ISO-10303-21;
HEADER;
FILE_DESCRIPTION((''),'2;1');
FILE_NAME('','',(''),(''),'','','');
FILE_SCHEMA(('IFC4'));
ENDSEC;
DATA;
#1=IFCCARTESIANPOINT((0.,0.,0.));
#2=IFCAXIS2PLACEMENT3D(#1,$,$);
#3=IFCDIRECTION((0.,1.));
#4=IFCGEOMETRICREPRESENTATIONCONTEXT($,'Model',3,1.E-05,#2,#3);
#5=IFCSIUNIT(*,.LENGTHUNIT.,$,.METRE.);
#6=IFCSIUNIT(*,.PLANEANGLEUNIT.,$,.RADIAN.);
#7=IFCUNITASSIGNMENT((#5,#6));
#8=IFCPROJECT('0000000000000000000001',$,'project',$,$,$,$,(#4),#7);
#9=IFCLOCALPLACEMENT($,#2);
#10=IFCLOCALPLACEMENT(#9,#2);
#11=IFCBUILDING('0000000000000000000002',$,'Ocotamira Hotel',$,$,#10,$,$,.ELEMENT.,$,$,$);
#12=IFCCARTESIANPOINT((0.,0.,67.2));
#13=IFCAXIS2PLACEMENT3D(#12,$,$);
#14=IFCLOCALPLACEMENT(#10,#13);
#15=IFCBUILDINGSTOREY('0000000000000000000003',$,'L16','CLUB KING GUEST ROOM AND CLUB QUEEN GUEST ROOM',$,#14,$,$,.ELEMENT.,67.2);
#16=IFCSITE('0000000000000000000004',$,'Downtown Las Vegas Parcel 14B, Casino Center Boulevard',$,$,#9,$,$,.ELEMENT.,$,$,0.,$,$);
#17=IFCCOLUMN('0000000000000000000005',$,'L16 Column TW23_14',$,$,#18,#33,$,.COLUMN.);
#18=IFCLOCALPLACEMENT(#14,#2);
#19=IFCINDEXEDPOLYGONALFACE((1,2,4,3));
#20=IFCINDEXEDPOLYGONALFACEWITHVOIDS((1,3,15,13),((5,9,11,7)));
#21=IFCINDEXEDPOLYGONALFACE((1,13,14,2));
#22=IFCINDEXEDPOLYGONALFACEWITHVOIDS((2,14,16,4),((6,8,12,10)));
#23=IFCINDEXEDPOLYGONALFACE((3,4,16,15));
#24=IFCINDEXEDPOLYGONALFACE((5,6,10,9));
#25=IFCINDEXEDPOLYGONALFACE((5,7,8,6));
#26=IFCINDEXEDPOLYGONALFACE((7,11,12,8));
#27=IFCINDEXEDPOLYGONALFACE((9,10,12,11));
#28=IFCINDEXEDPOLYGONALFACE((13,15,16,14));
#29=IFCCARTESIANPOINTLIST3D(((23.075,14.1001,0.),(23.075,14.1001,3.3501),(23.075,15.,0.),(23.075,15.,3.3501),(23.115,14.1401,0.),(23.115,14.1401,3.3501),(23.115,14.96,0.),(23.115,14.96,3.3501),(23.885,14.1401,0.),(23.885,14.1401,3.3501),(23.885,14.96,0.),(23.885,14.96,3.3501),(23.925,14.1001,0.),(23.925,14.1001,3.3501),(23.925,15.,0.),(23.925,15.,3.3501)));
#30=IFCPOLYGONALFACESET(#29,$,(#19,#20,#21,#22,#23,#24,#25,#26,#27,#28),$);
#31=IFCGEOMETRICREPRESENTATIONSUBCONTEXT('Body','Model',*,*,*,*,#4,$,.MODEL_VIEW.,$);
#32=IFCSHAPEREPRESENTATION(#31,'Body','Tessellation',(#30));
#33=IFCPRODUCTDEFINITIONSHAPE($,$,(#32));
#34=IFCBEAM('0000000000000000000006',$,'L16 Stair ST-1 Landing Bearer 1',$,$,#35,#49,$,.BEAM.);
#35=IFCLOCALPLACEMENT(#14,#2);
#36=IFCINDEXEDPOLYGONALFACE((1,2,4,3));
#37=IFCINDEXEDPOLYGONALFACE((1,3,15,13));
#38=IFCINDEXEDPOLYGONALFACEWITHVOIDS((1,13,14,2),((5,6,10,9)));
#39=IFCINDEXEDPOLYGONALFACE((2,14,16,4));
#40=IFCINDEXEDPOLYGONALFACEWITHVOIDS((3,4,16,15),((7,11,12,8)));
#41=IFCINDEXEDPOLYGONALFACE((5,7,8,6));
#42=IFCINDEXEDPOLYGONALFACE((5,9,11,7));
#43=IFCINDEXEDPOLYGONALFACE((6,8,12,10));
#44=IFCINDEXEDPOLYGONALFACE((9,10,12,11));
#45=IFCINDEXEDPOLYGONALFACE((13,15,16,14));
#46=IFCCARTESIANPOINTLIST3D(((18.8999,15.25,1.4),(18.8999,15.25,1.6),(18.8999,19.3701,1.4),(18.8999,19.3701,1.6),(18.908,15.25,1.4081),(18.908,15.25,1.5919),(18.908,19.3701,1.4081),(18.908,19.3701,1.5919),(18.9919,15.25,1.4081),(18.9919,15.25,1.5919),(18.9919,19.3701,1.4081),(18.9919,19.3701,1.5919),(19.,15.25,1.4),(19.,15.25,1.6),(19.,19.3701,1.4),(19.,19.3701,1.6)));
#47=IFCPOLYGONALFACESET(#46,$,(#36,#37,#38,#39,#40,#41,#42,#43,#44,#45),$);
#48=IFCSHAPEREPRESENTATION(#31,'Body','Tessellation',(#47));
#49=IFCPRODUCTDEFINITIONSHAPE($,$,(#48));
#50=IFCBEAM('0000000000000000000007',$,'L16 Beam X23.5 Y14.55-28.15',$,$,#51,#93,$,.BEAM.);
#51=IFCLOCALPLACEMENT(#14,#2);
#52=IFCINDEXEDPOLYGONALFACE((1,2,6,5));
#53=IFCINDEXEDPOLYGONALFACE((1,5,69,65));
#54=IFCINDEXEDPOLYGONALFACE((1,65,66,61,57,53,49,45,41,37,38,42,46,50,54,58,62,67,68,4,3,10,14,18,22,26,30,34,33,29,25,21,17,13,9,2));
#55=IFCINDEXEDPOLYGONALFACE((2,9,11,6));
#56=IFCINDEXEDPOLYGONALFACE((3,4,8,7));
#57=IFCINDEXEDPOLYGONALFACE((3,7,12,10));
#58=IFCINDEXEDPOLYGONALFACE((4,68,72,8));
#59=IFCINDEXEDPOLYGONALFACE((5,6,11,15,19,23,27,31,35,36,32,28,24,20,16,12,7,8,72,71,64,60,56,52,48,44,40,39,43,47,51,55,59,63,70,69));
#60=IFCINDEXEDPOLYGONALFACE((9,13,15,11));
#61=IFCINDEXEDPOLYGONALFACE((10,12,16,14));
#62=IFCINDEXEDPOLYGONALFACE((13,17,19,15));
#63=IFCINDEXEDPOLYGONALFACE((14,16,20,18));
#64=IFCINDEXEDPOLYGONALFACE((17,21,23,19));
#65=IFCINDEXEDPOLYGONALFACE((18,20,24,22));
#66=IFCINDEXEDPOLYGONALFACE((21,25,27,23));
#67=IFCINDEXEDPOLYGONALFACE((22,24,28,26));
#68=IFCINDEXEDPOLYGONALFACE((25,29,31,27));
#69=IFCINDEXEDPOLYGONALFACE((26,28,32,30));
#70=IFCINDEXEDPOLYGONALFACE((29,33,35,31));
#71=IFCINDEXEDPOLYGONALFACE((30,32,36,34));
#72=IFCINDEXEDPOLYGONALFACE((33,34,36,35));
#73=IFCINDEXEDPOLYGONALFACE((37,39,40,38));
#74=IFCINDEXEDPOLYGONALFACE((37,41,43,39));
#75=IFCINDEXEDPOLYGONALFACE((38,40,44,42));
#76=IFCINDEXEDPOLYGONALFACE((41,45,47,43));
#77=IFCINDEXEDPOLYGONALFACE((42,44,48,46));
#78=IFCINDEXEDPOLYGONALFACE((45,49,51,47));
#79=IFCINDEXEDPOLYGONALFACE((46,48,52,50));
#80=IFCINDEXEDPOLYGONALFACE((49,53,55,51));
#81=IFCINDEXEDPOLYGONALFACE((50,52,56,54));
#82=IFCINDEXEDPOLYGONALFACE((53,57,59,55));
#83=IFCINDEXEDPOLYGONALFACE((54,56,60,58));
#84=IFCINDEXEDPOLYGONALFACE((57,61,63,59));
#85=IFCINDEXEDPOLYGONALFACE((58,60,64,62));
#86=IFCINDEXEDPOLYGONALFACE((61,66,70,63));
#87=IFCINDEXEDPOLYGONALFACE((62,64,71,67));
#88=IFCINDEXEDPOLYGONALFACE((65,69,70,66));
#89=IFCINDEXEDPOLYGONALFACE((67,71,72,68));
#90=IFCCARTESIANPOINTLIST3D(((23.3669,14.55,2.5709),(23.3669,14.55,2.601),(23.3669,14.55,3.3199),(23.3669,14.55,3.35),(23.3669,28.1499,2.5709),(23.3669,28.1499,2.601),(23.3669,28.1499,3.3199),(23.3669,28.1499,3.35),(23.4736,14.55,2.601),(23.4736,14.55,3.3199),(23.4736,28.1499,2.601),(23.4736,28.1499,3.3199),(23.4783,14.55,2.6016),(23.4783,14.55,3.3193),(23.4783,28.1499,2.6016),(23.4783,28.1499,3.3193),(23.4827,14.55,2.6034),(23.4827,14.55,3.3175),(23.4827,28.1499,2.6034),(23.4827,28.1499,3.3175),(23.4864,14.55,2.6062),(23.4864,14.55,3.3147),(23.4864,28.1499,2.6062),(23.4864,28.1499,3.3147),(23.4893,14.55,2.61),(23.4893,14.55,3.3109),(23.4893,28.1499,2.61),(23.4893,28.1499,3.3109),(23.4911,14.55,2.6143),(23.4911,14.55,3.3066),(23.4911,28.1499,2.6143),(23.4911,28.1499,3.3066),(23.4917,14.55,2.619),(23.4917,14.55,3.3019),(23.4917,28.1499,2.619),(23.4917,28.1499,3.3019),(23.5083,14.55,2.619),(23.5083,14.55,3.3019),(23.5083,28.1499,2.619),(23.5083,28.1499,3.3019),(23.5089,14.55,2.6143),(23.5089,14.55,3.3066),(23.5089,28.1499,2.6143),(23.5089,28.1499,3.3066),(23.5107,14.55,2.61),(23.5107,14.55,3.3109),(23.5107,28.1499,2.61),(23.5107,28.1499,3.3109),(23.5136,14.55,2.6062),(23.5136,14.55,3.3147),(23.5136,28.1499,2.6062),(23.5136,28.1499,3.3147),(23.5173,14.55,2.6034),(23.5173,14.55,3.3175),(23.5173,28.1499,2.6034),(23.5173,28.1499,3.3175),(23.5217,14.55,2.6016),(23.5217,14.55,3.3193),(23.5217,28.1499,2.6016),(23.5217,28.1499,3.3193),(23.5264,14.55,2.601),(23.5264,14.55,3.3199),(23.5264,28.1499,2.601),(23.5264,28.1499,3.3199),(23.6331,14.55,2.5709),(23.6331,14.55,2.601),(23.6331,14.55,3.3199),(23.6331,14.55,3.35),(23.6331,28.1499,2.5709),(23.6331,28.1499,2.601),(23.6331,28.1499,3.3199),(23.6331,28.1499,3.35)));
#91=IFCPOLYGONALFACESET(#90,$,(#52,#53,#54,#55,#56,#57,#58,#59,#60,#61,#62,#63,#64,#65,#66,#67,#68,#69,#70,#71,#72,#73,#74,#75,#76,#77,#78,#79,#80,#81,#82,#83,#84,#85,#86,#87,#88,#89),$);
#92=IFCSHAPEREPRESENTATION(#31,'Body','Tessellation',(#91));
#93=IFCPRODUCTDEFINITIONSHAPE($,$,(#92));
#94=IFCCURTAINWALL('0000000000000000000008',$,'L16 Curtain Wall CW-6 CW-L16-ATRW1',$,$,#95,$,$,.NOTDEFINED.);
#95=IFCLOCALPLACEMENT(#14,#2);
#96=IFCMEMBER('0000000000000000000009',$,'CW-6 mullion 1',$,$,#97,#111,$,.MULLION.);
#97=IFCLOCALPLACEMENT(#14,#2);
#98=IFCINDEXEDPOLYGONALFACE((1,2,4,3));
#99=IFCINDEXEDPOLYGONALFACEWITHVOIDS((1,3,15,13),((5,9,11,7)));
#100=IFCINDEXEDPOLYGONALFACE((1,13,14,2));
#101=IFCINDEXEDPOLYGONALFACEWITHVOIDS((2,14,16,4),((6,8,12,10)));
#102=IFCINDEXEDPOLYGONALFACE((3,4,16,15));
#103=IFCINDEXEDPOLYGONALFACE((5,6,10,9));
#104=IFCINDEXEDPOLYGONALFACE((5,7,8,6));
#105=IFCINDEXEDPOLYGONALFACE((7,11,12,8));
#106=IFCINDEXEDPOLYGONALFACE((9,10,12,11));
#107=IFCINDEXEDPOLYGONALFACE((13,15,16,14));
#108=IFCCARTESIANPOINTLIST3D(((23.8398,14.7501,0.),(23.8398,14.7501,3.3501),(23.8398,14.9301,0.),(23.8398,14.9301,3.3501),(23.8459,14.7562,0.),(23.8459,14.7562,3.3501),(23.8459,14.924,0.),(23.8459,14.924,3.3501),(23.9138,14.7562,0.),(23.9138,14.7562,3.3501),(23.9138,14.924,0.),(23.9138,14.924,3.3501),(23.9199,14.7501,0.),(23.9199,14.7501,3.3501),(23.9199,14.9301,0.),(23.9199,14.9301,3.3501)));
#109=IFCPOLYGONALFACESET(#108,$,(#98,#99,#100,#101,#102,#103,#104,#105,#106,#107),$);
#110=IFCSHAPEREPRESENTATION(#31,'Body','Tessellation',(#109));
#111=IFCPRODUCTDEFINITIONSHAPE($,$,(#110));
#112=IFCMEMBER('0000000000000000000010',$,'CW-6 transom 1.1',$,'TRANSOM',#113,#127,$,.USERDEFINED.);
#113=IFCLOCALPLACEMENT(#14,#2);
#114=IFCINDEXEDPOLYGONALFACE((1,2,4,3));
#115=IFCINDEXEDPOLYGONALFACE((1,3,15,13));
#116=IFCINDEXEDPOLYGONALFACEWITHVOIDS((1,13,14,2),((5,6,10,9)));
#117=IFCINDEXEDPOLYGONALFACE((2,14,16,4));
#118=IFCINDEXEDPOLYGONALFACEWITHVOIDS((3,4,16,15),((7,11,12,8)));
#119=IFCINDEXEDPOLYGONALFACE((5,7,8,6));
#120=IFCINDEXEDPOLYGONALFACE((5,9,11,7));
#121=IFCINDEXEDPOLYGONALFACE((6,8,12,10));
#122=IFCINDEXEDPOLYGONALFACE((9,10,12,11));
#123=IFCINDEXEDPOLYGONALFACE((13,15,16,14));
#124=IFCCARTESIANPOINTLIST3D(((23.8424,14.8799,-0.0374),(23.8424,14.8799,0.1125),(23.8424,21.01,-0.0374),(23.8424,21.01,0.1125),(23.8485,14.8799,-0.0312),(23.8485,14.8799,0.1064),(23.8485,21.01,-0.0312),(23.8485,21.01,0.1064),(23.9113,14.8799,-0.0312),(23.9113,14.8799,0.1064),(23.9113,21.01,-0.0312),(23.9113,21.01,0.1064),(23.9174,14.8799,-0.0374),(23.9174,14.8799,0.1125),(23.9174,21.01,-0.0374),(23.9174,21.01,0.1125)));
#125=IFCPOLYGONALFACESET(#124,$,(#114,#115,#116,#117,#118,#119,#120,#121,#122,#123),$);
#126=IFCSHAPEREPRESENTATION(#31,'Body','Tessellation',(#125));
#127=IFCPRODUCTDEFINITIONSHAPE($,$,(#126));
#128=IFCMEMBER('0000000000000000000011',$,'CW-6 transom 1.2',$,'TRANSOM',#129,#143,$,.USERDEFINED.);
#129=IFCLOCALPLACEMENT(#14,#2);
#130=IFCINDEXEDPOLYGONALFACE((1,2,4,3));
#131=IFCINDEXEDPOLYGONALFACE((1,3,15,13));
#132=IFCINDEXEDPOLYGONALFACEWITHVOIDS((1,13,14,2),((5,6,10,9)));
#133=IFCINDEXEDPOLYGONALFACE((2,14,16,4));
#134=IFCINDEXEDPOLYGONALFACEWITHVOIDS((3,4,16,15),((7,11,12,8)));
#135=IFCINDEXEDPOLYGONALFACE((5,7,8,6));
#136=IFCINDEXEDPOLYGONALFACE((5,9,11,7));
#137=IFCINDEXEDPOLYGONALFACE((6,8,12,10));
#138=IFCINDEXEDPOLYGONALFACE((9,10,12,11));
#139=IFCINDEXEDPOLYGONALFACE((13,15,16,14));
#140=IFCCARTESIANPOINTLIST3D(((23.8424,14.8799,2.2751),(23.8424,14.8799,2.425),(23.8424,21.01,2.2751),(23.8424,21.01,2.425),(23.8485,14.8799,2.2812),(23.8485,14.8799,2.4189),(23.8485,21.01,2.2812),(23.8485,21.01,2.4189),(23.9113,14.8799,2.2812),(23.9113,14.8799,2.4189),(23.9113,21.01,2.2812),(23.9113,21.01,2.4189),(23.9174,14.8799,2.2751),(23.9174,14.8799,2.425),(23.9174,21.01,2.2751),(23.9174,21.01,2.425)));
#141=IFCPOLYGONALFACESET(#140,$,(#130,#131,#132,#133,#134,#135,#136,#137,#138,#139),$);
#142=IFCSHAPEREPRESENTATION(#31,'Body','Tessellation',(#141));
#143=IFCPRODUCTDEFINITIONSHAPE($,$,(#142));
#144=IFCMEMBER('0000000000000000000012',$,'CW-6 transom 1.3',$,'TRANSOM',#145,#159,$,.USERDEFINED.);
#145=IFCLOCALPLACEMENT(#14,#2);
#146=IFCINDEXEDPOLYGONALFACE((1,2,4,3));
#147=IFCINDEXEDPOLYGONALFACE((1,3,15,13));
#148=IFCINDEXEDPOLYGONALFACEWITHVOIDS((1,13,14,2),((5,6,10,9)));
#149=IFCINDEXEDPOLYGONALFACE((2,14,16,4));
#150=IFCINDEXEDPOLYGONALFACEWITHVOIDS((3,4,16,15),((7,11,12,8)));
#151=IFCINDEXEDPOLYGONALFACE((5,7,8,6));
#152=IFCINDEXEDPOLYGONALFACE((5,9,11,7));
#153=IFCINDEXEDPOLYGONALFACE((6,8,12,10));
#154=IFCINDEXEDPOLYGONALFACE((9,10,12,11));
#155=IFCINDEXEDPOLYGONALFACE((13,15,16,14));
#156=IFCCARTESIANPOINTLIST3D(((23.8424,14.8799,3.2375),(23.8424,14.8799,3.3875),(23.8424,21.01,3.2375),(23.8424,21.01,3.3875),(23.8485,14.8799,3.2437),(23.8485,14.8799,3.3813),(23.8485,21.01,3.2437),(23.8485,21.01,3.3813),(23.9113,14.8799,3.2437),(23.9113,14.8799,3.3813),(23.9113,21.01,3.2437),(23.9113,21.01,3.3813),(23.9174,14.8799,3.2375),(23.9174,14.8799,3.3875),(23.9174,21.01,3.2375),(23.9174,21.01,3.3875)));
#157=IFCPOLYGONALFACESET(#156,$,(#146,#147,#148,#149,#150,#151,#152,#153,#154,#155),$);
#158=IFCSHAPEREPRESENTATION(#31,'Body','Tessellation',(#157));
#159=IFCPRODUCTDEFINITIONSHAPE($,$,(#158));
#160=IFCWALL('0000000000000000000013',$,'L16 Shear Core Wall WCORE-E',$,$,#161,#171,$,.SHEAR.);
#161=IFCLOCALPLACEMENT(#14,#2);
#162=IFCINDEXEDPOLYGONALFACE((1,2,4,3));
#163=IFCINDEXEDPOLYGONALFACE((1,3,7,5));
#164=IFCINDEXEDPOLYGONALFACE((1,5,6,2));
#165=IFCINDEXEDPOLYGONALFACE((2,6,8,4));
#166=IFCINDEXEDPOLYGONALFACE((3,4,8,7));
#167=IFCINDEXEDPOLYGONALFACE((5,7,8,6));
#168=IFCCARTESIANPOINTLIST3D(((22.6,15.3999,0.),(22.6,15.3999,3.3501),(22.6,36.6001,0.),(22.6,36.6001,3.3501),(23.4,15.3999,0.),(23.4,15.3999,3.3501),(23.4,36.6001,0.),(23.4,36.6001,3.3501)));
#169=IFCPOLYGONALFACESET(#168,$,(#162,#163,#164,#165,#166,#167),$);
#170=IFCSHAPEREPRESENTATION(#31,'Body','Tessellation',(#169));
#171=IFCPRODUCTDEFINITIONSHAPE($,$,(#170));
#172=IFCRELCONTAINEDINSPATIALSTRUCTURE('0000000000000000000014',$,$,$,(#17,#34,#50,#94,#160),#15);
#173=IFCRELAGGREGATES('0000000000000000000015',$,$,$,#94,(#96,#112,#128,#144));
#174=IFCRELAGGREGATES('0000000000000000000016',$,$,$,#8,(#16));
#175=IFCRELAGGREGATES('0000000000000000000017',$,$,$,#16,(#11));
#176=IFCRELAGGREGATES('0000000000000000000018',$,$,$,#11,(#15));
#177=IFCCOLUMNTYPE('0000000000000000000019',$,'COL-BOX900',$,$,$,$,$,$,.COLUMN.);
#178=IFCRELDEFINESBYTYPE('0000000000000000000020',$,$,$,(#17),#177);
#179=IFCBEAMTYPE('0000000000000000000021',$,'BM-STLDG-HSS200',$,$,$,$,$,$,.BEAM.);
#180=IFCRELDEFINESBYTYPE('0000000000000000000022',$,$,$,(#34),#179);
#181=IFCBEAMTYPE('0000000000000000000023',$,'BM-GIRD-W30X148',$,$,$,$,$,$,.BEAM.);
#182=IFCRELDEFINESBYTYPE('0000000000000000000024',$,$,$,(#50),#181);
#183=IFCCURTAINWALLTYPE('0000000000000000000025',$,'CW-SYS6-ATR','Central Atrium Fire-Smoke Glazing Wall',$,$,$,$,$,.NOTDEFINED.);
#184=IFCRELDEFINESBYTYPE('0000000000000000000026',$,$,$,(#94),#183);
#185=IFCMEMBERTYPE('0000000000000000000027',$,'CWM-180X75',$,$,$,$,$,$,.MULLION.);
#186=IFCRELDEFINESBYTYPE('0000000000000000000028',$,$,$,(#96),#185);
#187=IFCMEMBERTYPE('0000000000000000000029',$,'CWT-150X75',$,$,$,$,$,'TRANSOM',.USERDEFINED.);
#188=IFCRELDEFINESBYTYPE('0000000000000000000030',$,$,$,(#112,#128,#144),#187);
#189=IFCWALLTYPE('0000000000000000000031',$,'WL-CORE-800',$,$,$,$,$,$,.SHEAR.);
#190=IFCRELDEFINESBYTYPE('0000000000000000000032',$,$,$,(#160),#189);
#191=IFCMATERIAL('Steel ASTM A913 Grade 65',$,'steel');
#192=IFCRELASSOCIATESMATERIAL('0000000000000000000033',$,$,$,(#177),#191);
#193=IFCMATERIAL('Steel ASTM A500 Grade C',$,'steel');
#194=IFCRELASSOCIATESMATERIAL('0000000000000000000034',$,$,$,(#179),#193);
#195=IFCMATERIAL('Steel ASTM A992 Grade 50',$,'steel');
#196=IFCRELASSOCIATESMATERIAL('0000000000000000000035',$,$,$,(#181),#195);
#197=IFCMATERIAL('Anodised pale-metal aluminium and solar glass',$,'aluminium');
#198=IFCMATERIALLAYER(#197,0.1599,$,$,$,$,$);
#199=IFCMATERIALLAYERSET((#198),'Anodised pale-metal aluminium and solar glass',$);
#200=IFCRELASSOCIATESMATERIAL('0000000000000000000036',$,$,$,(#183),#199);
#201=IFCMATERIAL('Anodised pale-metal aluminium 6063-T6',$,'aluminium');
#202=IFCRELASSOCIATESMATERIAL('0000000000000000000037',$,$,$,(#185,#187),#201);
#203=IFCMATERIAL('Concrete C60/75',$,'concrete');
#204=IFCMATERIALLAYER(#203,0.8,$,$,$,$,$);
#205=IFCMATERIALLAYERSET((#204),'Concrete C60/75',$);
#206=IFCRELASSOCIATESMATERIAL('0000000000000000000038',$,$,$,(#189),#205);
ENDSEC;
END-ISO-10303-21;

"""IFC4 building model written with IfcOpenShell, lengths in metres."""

from ifc_helpers import new_model, si_unit, direction, frame, frame_2d, origin, origin_2d, place, context, subcontext, project, spatial, rectangle, hollow_rectangle, i_section, extrude, source, transform, mapped, material, layer, layer_set, material_profile, profile_set, type_object, element, aggregate, save


model = new_model("IFC4")

# Units and contexts
model_context = context("Model", 3, precision=1e-05, world=origin(), true_north=direction((0.0, 1.0)))
body_context = subcontext(model_context, "Body", "Model", "MODEL_VIEW")
ifc_project = project(units=[si_unit("LENGTHUNIT", "METRE"), si_unit("PLANEANGLEUNIT", "RADIAN")], contexts=[model_context])

# Site, building, storey
site_placement = place(None, origin())
site = spatial("IfcSite", under=ifc_project, at=site_placement, Name="Downtown Las Vegas Parcel 14B, Casino Center Boulevard", CompositionType="ELEMENT", RefElevation=0.0)
building_placement = place(site_placement, origin())
building = spatial("IfcBuilding", under=site, at=building_placement, Name="Ocotamira Hotel", CompositionType="ELEMENT")
storey_placement = place(building_placement, frame((0.0, 0.0, 67.2)))
storey = spatial("IfcBuildingStorey", under=building, at=storey_placement, Name="L16", Description="CLUB KING GUEST ROOM AND CLUB QUEEN GUEST ROOM", CompositionType="ELEMENT", Elevation=67.2)

# Column
ifc_material_1 = material(Name="Steel ASTM A913 Grade 65", Category="steel")
ifc_material_profile_1 = material_profile(ifc_material_1, hollow_rectangle(XDim=0.8501, YDim=0.8999, WallThickness=0.04, at=origin_2d()), Name="BOX900X850X40")
ifc_profile_set_1 = profile_set([ifc_material_profile_1], Name="Steel ASTM A913 Grade 65")
column_type = type_object("IfcColumnType", Name="COL-BOX900", PredefinedType="COLUMN", material=ifc_profile_set_1)
shared_shape_1 = source(origin(), body_context, "Body", "SweptSolid", [
    extrude(hollow_rectangle(XDim=0.8501, YDim=0.8999, WallThickness=0.04, at=origin_2d()), origin(), (0.0, 0.0, 1.0), 3.3501),
])
column_placement = place(storey_placement, frame((23.5, 14.55, 0.0), z_axis=(0.0, 0.0, 1.0), x_axis=(1.0, 0.0, 0.0)))
element("IfcColumn", 1, at=column_placement, inside=storey, type_object=column_type, Name="L16 Column TW23_14", PredefinedType="COLUMN", context=body_context, shape_type="MappedRepresentation", body=[
    mapped(shared_shape_1, transform((0.0, 0.0, 0.0), scale=1.0)),
])

# Beams
ifc_material_2 = material(Name="Steel ASTM A500 Grade C", Category="steel")
ifc_material_profile_2 = material_profile(ifc_material_2, hollow_rectangle(XDim=0.1001, YDim=0.2, WallThickness=0.0081, at=origin_2d()), Name="HSS200X100X8")
ifc_profile_set_2 = profile_set([ifc_material_profile_2], Name="Steel ASTM A500 Grade C")
beam_type_1 = type_object("IfcBeamType", Name="BM-STLDG-HSS200", PredefinedType="BEAM", material=ifc_profile_set_2)
shared_shape_2 = source(origin(), body_context, "Body", "SweptSolid", [
    extrude(hollow_rectangle(XDim=0.1001, YDim=0.2, WallThickness=0.0081, at=origin_2d()), origin(), (0.0, 0.0, 1.0), 4.1201),
])
beam_1_placement = place(storey_placement, frame((18.95, 15.25, 1.5), z_axis=(0.0, 1.0, 0.0), x_axis=(-1.0, 0.0, 0.0)))
element("IfcBeam", 2, at=beam_1_placement, inside=storey, type_object=beam_type_1, Name="L16 Stair ST-1 Landing Bearer 1", PredefinedType="BEAM", context=body_context, shape_type="MappedRepresentation", body=[
    mapped(shared_shape_2, transform((0.0, 0.0, 0.0), scale=1.0)),
])
ifc_material_3 = material(Name="Steel ASTM A992 Grade 50", Category="steel")
ifc_material_profile_3 = material_profile(ifc_material_3, i_section(OverallWidth=0.2661, OverallDepth=0.7791, WebThickness=0.0166, FlangeThickness=0.03, FilletRadius=0.0181, at=origin_2d()), Name="W30X148")
ifc_profile_set_3 = profile_set([ifc_material_profile_3], Name="Steel ASTM A992 Grade 50")
beam_type_2 = type_object("IfcBeamType", Name="BM-GIRD-W30X148", PredefinedType="BEAM", material=ifc_profile_set_3)
shared_shape_3 = source(origin(), body_context, "Body", "SweptSolid", [
    extrude(i_section(OverallWidth=0.2661, OverallDepth=0.7791, WebThickness=0.0166, FlangeThickness=0.03, FilletRadius=0.0181, at=origin_2d()), origin(), (0.0, 0.0, 1.0), 13.5999),
])
beam_2_placement = place(storey_placement, frame((23.5, 14.55, 2.9604), z_axis=(0.0, 1.0, 0.0), x_axis=(-1.0, 0.0, 0.0)))
element("IfcBeam", 3, at=beam_2_placement, inside=storey, type_object=beam_type_2, Name="L16 Beam X23.5 Y14.55-28.15", PredefinedType="BEAM", context=body_context, shape_type="MappedRepresentation", body=[
    mapped(shared_shape_3, transform((0.0, 0.0, 0.0), scale=1.0)),
])

# Curtain wall, members
ifc_material_4 = material(Name="Anodised pale-metal aluminium and solar glass", Category="aluminium")
ifc_layer_1 = layer(ifc_material_4, 0.1599)
ifc_layer_set_1 = layer_set([ifc_layer_1], Name="Anodised pale-metal aluminium and solar glass")
curtain_wall_type = type_object("IfcCurtainWallType", Name="CW-SYS6-ATR", Description="Central Atrium Fire-Smoke Glazing Wall", PredefinedType="NOTDEFINED", material=ifc_layer_set_1)
curtain_wall_placement = place(storey_placement, origin())
curtain_wall = element("IfcCurtainWall", 4, at=curtain_wall_placement, inside=storey, type_object=curtain_wall_type, Name="L16 Curtain Wall CW-6 CW-L16-ATRW1", PredefinedType="NOTDEFINED")
ifc_material_5 = material(Name="Anodised pale-metal aluminium 6063-T6", Category="aluminium")
ifc_material_profile_4 = material_profile(ifc_material_5, hollow_rectangle(XDim=0.0801, YDim=0.1799, WallThickness=0.0061, at=origin_2d()), Name="HSS180X80X6")
ifc_profile_set_4 = profile_set([ifc_material_profile_4], Name="Anodised pale-metal aluminium 6063-T6")
member_type_1 = type_object("IfcMemberType", Name="CWM-180X75", PredefinedType="MULLION", material=ifc_profile_set_4)
shared_shape_4 = source(origin(), body_context, "Body", "SweptSolid", [
    extrude(hollow_rectangle(XDim=0.0801, YDim=0.1799, WallThickness=0.0061, at=origin_2d()), origin(), (0.0, 0.0, 1.0), 3.3501),
])
member_1_placement = place(storey_placement, frame((23.8799, 14.8401, 0.0), z_axis=(0.0, 0.0, 1.0), x_axis=(-1.0, 0.0, 0.0)))
member_1 = element("IfcMember", 5, at=member_1_placement, type_object=member_type_1, Name="CW-6 mullion 1", PredefinedType="MULLION", context=body_context, shape_type="MappedRepresentation", body=[
    mapped(shared_shape_4, transform((0.0, 0.0, 0.0), scale=1.0)),
])
ifc_material_profile_5 = material_profile(ifc_material_5, hollow_rectangle(XDim=0.075, YDim=0.1499, WallThickness=0.0061, at=origin_2d()), Name="HSS150X75X6")
ifc_profile_set_5 = profile_set([ifc_material_profile_5], Name="Anodised pale-metal aluminium 6063-T6")
member_type_2 = type_object("IfcMemberType", Name="CWT-150X75", ElementType="TRANSOM", PredefinedType="USERDEFINED", material=ifc_profile_set_5)
shared_shape_5 = source(origin(), body_context, "Body", "SweptSolid", [
    extrude(hollow_rectangle(XDim=0.075, YDim=0.1499, WallThickness=0.0061, at=origin_2d()), origin(), (0.0, 0.0, 1.0), 6.1301),
])
member_2_placement = place(storey_placement, frame((23.8799, 14.8799, 0.0376), z_axis=(0.0, 1.0, 0.0), x_axis=(-1.0, 0.0, 0.0)))
member_2 = element("IfcMember", 6, at=member_2_placement, type_object=member_type_2, Name="CW-6 transom 1.1", ObjectType="TRANSOM", PredefinedType="USERDEFINED", context=body_context, shape_type="MappedRepresentation", body=[
    mapped(shared_shape_5, transform((0.0, 0.0, 0.0), scale=1.0)),
])
member_3_placement = place(storey_placement, frame((23.8799, 14.8799, 2.3501), z_axis=(0.0, 1.0, 0.0), x_axis=(-1.0, 0.0, 0.0)))
member_3 = element("IfcMember", 7, at=member_3_placement, type_object=member_type_2, Name="CW-6 transom 1.2", ObjectType="TRANSOM", PredefinedType="USERDEFINED", context=body_context, shape_type="MappedRepresentation", body=[
    mapped(shared_shape_5, transform((0.0, 0.0, 0.0), scale=1.0)),
])
member_4_placement = place(storey_placement, frame((23.8799, 14.8799, 3.3125), z_axis=(0.0, 1.0, 0.0), x_axis=(-1.0, 0.0, 0.0)))
member_4 = element("IfcMember", 8, at=member_4_placement, type_object=member_type_2, Name="CW-6 transom 1.3", ObjectType="TRANSOM", PredefinedType="USERDEFINED", context=body_context, shape_type="MappedRepresentation", body=[
    mapped(shared_shape_5, transform((0.0, 0.0, 0.0), scale=1.0)),
])
aggregate(curtain_wall, [member_1, member_2, member_3, member_4])

# Wall
ifc_material_6 = material(Name="Concrete C60/75", Category="concrete")
ifc_layer_2 = layer(ifc_material_6, 0.8)
ifc_layer_set_2 = layer_set([ifc_layer_2], Name="Concrete C60/75")
wall_type_1 = type_object("IfcWallType", Name="WL-CORE-800", PredefinedType="SHEAR", material=ifc_layer_set_2)
wall_1_placement = place(storey_placement, frame((23.0, 15.3999, 0.0), z_axis=(0.0, 0.0, 1.0), x_axis=(0.0, 1.0, 0.0)))
element("IfcWall", 9, at=wall_1_placement, inside=storey, type_object=wall_type_1, Name="L16 Shear Core Wall WCORE-E", PredefinedType="SHEAR", context=body_context, shape_type="SweptSolid", body=[
    extrude(rectangle(XDim=21.2002, YDim=0.8, at=frame_2d((10.6001, 0.0))), origin(), (0.0, 0.0, 1.0), 3.3501),
])

save(model, "model.ifc")
